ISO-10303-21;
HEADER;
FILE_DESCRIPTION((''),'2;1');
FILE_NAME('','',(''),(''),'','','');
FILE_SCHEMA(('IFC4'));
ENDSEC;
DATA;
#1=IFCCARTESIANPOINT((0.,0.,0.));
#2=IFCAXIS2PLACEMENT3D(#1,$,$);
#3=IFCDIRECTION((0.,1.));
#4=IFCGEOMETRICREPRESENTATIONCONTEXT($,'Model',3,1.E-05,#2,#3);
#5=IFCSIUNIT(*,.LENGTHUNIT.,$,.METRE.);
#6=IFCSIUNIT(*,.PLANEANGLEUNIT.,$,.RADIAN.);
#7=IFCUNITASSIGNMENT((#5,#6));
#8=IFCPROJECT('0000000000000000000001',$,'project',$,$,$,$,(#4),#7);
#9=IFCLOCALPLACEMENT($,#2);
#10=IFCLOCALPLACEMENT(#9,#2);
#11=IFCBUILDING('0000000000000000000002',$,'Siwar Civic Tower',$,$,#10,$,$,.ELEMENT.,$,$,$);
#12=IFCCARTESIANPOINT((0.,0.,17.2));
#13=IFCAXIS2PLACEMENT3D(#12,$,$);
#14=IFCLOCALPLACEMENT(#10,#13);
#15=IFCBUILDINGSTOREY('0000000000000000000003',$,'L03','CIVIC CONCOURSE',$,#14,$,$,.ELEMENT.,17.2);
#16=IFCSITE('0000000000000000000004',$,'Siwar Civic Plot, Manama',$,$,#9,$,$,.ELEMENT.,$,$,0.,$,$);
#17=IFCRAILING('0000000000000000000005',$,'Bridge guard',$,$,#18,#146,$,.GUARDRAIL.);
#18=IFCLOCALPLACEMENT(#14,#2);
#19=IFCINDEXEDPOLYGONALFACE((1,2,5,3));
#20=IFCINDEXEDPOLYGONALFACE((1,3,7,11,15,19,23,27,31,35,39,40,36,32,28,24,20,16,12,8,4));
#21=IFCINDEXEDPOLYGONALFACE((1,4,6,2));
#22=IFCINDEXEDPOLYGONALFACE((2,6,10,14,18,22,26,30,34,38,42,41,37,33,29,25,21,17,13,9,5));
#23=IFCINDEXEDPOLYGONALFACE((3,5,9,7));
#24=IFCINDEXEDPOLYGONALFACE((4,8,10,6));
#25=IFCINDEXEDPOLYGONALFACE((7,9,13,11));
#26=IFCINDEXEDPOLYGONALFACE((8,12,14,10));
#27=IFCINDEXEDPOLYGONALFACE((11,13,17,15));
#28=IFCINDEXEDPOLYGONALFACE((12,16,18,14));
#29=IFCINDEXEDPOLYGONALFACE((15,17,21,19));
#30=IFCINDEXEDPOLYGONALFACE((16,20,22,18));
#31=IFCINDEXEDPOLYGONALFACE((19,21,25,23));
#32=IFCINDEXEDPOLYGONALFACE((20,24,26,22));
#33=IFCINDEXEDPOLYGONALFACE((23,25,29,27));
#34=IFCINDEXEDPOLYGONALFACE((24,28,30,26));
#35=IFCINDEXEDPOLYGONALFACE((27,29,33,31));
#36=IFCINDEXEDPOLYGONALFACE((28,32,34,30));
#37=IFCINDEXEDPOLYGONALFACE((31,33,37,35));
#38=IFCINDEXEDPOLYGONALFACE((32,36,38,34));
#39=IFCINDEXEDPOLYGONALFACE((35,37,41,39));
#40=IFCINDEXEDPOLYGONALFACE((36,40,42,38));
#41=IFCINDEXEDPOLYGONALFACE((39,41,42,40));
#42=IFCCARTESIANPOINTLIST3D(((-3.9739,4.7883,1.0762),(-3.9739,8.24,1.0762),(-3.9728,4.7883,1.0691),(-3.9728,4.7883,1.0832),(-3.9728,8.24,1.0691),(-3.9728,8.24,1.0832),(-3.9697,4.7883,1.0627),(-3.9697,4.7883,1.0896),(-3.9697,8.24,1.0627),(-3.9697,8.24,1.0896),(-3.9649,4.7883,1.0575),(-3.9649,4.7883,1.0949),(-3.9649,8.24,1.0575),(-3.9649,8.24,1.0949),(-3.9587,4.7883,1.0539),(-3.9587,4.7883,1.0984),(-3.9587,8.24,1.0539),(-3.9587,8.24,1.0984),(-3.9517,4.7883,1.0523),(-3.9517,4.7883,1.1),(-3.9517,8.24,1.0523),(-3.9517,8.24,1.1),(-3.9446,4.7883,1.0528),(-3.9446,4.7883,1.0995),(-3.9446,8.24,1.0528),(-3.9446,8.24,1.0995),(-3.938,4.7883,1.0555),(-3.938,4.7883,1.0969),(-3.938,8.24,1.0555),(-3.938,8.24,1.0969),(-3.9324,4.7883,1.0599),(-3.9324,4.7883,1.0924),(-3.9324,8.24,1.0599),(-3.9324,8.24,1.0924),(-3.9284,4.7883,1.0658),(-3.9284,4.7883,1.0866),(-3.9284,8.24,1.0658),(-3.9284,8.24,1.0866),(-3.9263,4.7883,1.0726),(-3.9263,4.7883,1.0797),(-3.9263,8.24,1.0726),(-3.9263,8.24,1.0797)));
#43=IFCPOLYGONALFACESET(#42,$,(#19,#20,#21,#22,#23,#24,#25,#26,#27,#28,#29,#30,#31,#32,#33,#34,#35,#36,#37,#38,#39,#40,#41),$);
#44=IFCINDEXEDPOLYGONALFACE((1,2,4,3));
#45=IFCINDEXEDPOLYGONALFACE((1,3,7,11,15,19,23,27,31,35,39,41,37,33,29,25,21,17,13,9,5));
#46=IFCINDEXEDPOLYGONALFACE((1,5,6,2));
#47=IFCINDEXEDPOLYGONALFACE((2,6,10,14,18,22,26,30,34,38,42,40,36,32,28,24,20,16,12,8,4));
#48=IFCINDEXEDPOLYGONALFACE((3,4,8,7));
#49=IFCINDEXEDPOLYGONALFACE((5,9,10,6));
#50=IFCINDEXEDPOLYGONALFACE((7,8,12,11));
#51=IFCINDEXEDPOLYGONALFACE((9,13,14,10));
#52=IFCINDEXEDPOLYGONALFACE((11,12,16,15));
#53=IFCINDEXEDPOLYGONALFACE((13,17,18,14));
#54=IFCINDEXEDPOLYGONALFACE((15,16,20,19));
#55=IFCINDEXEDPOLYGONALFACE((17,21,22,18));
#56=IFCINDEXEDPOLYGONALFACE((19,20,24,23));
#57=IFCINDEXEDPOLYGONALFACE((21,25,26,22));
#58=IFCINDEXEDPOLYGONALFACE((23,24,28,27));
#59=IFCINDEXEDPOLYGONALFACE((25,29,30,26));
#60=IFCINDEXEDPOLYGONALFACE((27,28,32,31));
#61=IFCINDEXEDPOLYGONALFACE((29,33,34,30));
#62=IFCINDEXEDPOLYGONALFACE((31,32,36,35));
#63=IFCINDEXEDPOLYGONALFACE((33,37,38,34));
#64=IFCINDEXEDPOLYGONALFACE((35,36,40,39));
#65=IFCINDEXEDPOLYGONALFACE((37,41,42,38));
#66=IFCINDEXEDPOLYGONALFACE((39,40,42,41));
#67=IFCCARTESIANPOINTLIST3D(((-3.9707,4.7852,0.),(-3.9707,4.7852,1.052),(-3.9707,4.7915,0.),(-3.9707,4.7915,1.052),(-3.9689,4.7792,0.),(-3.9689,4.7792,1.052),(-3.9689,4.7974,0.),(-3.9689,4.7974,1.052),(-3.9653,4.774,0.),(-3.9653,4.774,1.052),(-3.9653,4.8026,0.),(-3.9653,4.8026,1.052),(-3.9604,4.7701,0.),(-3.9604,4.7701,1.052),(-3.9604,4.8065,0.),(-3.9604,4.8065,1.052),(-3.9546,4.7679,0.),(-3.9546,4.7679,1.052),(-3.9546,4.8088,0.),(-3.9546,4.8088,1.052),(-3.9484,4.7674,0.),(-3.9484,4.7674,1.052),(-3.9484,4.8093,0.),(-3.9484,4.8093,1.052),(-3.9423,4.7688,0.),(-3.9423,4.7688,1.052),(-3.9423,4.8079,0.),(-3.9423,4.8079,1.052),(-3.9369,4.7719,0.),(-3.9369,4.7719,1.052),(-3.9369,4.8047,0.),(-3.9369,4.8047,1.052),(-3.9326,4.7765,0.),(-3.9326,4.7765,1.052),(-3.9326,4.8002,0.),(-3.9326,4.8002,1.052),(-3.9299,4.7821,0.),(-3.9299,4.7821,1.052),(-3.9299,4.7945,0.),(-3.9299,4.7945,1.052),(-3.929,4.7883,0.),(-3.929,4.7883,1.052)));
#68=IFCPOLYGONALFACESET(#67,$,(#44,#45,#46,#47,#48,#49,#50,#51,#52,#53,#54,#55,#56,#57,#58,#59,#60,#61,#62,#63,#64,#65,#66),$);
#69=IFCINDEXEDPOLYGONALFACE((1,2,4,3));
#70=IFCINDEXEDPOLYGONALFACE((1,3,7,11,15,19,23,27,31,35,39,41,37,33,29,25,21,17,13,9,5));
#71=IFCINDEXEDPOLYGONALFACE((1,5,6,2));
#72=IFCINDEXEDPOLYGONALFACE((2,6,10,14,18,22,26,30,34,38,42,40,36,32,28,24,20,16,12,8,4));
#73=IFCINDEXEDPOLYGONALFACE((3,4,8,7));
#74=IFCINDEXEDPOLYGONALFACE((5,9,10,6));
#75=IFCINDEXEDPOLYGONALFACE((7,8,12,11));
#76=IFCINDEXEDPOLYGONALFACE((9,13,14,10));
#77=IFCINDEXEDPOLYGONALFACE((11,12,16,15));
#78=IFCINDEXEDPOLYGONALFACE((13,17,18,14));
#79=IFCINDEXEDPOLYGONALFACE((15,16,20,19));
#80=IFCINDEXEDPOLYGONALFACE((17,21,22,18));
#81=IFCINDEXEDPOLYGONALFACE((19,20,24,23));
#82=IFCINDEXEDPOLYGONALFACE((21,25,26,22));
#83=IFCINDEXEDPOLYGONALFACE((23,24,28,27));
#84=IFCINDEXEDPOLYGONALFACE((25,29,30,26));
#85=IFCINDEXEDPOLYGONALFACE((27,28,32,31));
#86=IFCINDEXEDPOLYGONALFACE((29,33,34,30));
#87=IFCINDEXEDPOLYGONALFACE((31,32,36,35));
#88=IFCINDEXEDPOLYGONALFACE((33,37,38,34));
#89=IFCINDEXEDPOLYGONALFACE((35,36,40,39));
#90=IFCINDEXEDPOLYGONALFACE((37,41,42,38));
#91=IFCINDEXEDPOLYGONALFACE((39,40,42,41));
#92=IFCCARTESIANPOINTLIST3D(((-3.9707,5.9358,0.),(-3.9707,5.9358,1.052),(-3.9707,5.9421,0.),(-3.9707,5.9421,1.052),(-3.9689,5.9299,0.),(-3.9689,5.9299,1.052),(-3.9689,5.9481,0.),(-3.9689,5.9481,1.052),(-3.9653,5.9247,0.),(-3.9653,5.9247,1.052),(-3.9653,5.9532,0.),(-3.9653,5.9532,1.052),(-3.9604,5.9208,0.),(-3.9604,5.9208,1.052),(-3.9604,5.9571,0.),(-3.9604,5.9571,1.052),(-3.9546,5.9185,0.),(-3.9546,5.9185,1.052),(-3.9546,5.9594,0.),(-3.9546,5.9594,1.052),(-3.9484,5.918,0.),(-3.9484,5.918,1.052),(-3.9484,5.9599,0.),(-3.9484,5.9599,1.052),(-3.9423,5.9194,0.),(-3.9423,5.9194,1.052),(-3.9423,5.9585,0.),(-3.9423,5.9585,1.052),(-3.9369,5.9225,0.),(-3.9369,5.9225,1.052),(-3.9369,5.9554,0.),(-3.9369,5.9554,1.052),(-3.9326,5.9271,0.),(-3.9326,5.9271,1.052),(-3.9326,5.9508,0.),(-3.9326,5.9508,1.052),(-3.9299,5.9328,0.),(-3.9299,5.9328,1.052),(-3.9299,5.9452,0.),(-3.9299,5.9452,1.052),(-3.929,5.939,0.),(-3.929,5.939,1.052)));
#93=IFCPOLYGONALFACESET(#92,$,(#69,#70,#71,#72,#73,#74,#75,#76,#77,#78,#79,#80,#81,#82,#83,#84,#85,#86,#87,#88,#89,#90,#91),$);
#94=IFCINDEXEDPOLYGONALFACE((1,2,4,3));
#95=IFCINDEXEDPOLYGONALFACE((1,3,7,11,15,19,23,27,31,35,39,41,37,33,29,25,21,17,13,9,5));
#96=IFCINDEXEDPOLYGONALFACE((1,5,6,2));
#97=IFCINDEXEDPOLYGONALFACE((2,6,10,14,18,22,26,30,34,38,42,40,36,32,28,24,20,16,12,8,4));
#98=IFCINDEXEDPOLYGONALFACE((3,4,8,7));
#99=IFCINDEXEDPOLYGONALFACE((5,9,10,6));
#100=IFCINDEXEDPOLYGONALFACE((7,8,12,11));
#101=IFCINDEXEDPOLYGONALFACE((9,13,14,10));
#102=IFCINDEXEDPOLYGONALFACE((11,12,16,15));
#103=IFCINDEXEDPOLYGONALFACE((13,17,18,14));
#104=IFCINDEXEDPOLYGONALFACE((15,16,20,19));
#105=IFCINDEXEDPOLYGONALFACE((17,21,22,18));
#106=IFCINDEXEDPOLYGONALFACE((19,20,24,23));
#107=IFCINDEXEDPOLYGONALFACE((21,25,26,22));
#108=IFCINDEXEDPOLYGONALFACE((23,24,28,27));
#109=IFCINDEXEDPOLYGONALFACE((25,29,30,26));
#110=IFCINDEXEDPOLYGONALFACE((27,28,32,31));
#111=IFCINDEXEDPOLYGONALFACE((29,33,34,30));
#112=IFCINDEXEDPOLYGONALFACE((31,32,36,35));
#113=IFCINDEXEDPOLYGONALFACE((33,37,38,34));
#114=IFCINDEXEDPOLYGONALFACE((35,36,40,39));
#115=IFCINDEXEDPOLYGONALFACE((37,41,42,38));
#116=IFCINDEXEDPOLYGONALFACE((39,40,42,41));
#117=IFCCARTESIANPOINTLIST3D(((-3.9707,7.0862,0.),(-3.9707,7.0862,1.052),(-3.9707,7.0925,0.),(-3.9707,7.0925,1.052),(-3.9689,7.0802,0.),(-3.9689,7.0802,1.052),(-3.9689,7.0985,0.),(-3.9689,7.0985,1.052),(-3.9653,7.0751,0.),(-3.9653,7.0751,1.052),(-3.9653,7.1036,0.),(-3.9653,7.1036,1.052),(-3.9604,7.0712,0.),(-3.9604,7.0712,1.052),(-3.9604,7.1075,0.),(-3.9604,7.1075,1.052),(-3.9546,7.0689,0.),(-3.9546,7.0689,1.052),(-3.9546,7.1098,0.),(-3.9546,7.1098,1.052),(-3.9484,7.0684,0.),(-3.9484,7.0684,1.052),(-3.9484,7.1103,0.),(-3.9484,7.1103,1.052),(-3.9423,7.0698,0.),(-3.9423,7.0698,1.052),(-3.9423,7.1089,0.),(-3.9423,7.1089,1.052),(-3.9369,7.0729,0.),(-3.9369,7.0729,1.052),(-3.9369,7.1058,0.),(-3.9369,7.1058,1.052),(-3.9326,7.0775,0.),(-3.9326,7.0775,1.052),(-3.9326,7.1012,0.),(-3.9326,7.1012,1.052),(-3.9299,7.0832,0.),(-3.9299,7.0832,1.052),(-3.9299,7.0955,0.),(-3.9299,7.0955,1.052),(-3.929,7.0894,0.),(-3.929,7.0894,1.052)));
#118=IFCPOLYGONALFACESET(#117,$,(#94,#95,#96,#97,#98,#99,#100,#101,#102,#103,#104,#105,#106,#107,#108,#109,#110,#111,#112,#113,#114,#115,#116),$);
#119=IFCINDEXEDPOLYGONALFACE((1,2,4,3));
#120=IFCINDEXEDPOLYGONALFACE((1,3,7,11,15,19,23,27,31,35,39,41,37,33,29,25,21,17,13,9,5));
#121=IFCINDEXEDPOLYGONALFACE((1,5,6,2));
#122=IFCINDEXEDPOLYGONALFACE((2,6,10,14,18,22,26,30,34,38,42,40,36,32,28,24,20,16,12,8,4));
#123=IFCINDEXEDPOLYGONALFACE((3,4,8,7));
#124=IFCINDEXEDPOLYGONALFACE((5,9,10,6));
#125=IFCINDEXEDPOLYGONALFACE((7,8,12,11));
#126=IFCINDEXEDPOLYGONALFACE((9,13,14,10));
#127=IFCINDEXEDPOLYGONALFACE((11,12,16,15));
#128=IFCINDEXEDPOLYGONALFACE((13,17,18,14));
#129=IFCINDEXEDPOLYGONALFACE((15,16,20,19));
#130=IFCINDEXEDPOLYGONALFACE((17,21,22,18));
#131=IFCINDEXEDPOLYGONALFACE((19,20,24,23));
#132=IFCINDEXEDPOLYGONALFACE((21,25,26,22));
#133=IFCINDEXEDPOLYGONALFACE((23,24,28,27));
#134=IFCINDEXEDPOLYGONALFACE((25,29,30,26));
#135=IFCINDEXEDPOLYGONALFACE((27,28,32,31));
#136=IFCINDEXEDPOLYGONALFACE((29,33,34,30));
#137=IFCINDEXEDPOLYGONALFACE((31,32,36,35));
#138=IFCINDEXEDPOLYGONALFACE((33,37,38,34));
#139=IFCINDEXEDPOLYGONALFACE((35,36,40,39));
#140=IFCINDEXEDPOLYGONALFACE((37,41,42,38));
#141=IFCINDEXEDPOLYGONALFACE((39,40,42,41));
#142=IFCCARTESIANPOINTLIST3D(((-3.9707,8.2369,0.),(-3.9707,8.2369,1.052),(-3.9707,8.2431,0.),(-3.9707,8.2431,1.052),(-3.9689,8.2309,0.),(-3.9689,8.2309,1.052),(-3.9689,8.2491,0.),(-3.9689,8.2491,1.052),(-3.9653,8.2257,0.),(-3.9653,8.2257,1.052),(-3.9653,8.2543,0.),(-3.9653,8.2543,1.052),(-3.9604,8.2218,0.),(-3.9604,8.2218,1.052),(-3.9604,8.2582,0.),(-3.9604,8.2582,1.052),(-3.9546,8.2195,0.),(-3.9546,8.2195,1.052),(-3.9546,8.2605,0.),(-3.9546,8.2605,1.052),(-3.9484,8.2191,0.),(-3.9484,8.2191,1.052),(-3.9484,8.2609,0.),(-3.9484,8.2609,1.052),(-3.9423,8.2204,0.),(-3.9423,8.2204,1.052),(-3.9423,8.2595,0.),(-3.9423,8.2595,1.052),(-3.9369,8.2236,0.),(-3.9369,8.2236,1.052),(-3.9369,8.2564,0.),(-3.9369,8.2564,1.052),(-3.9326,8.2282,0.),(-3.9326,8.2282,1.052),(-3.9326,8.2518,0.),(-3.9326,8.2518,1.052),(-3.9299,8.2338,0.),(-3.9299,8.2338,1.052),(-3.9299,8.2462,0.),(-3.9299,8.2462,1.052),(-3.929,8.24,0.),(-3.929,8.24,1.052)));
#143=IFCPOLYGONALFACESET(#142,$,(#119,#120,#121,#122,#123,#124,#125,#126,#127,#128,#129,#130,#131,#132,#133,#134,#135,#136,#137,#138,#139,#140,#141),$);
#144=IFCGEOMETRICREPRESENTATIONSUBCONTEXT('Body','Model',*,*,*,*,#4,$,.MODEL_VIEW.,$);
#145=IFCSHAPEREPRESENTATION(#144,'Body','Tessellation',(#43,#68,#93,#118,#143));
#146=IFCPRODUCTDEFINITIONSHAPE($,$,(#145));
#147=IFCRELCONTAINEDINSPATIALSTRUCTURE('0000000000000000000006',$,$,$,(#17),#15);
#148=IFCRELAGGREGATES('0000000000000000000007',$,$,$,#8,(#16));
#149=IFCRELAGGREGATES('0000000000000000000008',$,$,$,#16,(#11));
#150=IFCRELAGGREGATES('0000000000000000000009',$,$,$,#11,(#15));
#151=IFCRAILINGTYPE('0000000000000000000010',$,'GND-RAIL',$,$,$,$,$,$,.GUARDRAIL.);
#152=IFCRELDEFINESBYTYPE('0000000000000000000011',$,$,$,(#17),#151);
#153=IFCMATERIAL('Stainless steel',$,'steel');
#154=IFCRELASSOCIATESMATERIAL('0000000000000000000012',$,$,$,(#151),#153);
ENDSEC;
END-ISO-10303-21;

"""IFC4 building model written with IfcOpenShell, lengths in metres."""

from ifc_helpers import new_model, si_unit, direction, frame, origin, origin_2d, place, context, subcontext, project, spatial, circle, extrude, material, type_object, element, save


model = new_model("IFC4")

# Units and contexts
model_context = context("Model", 3, precision=1e-05, world=origin(), true_north=direction((0.0, 1.0)))
body_context = subcontext(model_context, "Body", "Model", "MODEL_VIEW")
ifc_project = project(units=[si_unit("LENGTHUNIT", "METRE"), si_unit("PLANEANGLEUNIT", "RADIAN")], contexts=[model_context])

# Site, building, storey
site_placement = place(None, origin())
site = spatial("IfcSite", under=ifc_project, at=site_placement, Name="Siwar Civic Plot, Manama", CompositionType="ELEMENT", RefElevation=0.0)
building_placement = place(site_placement, origin())
building = spatial("IfcBuilding", under=site, at=building_placement, Name="Siwar Civic Tower", CompositionType="ELEMENT")
storey_placement = place(building_placement, frame((0.0, 0.0, 17.2)))
storey = spatial("IfcBuildingStorey", under=building, at=storey_placement, Name="L03", Description="CIVIC CONCOURSE", CompositionType="ELEMENT", Elevation=17.2)

# Railing
ifc_material_1 = material(Name="Stainless steel", Category="steel")
railing_type_1 = type_object("IfcRailingType", Name="GND-RAIL", PredefinedType="GUARDRAIL", material=ifc_material_1)
railing_1_placement = place(storey_placement, frame((-3.95, 4.7883, 0.0)))
element("IfcRailing", 1, at=railing_1_placement, inside=storey, type_object=railing_type_1, Name="Bridge guard", PredefinedType="GUARDRAIL", context=body_context, shape_type="SweptSolid", body=[
    extrude(circle(Radius=0.0239, at=origin_2d()), frame((0.0, 0.0, 1.0762), z_axis=(0.0, 1.0, 0.0), x_axis=(-1.0, 0.0, 0.0)), (0.0, 0.0, 1.0), 3.4517),
    extrude(circle(Radius=0.021, at=origin_2d()), origin(), (0.0, 0.0, 1.0), 1.052),
    extrude(circle(Radius=0.021, at=origin_2d()), frame((0.0, 1.1506, 0.0)), (0.0, 0.0, 1.0), 1.052),
    extrude(circle(Radius=0.021, at=origin_2d()), frame((0.0, 2.301, 0.0)), (0.0, 0.0, 1.0), 1.052),
    extrude(circle(Radius=0.021, at=origin_2d()), frame((0.0, 3.4517, 0.0)), (0.0, 0.0, 1.0), 1.052),
])

save(model, "model.ifc")
